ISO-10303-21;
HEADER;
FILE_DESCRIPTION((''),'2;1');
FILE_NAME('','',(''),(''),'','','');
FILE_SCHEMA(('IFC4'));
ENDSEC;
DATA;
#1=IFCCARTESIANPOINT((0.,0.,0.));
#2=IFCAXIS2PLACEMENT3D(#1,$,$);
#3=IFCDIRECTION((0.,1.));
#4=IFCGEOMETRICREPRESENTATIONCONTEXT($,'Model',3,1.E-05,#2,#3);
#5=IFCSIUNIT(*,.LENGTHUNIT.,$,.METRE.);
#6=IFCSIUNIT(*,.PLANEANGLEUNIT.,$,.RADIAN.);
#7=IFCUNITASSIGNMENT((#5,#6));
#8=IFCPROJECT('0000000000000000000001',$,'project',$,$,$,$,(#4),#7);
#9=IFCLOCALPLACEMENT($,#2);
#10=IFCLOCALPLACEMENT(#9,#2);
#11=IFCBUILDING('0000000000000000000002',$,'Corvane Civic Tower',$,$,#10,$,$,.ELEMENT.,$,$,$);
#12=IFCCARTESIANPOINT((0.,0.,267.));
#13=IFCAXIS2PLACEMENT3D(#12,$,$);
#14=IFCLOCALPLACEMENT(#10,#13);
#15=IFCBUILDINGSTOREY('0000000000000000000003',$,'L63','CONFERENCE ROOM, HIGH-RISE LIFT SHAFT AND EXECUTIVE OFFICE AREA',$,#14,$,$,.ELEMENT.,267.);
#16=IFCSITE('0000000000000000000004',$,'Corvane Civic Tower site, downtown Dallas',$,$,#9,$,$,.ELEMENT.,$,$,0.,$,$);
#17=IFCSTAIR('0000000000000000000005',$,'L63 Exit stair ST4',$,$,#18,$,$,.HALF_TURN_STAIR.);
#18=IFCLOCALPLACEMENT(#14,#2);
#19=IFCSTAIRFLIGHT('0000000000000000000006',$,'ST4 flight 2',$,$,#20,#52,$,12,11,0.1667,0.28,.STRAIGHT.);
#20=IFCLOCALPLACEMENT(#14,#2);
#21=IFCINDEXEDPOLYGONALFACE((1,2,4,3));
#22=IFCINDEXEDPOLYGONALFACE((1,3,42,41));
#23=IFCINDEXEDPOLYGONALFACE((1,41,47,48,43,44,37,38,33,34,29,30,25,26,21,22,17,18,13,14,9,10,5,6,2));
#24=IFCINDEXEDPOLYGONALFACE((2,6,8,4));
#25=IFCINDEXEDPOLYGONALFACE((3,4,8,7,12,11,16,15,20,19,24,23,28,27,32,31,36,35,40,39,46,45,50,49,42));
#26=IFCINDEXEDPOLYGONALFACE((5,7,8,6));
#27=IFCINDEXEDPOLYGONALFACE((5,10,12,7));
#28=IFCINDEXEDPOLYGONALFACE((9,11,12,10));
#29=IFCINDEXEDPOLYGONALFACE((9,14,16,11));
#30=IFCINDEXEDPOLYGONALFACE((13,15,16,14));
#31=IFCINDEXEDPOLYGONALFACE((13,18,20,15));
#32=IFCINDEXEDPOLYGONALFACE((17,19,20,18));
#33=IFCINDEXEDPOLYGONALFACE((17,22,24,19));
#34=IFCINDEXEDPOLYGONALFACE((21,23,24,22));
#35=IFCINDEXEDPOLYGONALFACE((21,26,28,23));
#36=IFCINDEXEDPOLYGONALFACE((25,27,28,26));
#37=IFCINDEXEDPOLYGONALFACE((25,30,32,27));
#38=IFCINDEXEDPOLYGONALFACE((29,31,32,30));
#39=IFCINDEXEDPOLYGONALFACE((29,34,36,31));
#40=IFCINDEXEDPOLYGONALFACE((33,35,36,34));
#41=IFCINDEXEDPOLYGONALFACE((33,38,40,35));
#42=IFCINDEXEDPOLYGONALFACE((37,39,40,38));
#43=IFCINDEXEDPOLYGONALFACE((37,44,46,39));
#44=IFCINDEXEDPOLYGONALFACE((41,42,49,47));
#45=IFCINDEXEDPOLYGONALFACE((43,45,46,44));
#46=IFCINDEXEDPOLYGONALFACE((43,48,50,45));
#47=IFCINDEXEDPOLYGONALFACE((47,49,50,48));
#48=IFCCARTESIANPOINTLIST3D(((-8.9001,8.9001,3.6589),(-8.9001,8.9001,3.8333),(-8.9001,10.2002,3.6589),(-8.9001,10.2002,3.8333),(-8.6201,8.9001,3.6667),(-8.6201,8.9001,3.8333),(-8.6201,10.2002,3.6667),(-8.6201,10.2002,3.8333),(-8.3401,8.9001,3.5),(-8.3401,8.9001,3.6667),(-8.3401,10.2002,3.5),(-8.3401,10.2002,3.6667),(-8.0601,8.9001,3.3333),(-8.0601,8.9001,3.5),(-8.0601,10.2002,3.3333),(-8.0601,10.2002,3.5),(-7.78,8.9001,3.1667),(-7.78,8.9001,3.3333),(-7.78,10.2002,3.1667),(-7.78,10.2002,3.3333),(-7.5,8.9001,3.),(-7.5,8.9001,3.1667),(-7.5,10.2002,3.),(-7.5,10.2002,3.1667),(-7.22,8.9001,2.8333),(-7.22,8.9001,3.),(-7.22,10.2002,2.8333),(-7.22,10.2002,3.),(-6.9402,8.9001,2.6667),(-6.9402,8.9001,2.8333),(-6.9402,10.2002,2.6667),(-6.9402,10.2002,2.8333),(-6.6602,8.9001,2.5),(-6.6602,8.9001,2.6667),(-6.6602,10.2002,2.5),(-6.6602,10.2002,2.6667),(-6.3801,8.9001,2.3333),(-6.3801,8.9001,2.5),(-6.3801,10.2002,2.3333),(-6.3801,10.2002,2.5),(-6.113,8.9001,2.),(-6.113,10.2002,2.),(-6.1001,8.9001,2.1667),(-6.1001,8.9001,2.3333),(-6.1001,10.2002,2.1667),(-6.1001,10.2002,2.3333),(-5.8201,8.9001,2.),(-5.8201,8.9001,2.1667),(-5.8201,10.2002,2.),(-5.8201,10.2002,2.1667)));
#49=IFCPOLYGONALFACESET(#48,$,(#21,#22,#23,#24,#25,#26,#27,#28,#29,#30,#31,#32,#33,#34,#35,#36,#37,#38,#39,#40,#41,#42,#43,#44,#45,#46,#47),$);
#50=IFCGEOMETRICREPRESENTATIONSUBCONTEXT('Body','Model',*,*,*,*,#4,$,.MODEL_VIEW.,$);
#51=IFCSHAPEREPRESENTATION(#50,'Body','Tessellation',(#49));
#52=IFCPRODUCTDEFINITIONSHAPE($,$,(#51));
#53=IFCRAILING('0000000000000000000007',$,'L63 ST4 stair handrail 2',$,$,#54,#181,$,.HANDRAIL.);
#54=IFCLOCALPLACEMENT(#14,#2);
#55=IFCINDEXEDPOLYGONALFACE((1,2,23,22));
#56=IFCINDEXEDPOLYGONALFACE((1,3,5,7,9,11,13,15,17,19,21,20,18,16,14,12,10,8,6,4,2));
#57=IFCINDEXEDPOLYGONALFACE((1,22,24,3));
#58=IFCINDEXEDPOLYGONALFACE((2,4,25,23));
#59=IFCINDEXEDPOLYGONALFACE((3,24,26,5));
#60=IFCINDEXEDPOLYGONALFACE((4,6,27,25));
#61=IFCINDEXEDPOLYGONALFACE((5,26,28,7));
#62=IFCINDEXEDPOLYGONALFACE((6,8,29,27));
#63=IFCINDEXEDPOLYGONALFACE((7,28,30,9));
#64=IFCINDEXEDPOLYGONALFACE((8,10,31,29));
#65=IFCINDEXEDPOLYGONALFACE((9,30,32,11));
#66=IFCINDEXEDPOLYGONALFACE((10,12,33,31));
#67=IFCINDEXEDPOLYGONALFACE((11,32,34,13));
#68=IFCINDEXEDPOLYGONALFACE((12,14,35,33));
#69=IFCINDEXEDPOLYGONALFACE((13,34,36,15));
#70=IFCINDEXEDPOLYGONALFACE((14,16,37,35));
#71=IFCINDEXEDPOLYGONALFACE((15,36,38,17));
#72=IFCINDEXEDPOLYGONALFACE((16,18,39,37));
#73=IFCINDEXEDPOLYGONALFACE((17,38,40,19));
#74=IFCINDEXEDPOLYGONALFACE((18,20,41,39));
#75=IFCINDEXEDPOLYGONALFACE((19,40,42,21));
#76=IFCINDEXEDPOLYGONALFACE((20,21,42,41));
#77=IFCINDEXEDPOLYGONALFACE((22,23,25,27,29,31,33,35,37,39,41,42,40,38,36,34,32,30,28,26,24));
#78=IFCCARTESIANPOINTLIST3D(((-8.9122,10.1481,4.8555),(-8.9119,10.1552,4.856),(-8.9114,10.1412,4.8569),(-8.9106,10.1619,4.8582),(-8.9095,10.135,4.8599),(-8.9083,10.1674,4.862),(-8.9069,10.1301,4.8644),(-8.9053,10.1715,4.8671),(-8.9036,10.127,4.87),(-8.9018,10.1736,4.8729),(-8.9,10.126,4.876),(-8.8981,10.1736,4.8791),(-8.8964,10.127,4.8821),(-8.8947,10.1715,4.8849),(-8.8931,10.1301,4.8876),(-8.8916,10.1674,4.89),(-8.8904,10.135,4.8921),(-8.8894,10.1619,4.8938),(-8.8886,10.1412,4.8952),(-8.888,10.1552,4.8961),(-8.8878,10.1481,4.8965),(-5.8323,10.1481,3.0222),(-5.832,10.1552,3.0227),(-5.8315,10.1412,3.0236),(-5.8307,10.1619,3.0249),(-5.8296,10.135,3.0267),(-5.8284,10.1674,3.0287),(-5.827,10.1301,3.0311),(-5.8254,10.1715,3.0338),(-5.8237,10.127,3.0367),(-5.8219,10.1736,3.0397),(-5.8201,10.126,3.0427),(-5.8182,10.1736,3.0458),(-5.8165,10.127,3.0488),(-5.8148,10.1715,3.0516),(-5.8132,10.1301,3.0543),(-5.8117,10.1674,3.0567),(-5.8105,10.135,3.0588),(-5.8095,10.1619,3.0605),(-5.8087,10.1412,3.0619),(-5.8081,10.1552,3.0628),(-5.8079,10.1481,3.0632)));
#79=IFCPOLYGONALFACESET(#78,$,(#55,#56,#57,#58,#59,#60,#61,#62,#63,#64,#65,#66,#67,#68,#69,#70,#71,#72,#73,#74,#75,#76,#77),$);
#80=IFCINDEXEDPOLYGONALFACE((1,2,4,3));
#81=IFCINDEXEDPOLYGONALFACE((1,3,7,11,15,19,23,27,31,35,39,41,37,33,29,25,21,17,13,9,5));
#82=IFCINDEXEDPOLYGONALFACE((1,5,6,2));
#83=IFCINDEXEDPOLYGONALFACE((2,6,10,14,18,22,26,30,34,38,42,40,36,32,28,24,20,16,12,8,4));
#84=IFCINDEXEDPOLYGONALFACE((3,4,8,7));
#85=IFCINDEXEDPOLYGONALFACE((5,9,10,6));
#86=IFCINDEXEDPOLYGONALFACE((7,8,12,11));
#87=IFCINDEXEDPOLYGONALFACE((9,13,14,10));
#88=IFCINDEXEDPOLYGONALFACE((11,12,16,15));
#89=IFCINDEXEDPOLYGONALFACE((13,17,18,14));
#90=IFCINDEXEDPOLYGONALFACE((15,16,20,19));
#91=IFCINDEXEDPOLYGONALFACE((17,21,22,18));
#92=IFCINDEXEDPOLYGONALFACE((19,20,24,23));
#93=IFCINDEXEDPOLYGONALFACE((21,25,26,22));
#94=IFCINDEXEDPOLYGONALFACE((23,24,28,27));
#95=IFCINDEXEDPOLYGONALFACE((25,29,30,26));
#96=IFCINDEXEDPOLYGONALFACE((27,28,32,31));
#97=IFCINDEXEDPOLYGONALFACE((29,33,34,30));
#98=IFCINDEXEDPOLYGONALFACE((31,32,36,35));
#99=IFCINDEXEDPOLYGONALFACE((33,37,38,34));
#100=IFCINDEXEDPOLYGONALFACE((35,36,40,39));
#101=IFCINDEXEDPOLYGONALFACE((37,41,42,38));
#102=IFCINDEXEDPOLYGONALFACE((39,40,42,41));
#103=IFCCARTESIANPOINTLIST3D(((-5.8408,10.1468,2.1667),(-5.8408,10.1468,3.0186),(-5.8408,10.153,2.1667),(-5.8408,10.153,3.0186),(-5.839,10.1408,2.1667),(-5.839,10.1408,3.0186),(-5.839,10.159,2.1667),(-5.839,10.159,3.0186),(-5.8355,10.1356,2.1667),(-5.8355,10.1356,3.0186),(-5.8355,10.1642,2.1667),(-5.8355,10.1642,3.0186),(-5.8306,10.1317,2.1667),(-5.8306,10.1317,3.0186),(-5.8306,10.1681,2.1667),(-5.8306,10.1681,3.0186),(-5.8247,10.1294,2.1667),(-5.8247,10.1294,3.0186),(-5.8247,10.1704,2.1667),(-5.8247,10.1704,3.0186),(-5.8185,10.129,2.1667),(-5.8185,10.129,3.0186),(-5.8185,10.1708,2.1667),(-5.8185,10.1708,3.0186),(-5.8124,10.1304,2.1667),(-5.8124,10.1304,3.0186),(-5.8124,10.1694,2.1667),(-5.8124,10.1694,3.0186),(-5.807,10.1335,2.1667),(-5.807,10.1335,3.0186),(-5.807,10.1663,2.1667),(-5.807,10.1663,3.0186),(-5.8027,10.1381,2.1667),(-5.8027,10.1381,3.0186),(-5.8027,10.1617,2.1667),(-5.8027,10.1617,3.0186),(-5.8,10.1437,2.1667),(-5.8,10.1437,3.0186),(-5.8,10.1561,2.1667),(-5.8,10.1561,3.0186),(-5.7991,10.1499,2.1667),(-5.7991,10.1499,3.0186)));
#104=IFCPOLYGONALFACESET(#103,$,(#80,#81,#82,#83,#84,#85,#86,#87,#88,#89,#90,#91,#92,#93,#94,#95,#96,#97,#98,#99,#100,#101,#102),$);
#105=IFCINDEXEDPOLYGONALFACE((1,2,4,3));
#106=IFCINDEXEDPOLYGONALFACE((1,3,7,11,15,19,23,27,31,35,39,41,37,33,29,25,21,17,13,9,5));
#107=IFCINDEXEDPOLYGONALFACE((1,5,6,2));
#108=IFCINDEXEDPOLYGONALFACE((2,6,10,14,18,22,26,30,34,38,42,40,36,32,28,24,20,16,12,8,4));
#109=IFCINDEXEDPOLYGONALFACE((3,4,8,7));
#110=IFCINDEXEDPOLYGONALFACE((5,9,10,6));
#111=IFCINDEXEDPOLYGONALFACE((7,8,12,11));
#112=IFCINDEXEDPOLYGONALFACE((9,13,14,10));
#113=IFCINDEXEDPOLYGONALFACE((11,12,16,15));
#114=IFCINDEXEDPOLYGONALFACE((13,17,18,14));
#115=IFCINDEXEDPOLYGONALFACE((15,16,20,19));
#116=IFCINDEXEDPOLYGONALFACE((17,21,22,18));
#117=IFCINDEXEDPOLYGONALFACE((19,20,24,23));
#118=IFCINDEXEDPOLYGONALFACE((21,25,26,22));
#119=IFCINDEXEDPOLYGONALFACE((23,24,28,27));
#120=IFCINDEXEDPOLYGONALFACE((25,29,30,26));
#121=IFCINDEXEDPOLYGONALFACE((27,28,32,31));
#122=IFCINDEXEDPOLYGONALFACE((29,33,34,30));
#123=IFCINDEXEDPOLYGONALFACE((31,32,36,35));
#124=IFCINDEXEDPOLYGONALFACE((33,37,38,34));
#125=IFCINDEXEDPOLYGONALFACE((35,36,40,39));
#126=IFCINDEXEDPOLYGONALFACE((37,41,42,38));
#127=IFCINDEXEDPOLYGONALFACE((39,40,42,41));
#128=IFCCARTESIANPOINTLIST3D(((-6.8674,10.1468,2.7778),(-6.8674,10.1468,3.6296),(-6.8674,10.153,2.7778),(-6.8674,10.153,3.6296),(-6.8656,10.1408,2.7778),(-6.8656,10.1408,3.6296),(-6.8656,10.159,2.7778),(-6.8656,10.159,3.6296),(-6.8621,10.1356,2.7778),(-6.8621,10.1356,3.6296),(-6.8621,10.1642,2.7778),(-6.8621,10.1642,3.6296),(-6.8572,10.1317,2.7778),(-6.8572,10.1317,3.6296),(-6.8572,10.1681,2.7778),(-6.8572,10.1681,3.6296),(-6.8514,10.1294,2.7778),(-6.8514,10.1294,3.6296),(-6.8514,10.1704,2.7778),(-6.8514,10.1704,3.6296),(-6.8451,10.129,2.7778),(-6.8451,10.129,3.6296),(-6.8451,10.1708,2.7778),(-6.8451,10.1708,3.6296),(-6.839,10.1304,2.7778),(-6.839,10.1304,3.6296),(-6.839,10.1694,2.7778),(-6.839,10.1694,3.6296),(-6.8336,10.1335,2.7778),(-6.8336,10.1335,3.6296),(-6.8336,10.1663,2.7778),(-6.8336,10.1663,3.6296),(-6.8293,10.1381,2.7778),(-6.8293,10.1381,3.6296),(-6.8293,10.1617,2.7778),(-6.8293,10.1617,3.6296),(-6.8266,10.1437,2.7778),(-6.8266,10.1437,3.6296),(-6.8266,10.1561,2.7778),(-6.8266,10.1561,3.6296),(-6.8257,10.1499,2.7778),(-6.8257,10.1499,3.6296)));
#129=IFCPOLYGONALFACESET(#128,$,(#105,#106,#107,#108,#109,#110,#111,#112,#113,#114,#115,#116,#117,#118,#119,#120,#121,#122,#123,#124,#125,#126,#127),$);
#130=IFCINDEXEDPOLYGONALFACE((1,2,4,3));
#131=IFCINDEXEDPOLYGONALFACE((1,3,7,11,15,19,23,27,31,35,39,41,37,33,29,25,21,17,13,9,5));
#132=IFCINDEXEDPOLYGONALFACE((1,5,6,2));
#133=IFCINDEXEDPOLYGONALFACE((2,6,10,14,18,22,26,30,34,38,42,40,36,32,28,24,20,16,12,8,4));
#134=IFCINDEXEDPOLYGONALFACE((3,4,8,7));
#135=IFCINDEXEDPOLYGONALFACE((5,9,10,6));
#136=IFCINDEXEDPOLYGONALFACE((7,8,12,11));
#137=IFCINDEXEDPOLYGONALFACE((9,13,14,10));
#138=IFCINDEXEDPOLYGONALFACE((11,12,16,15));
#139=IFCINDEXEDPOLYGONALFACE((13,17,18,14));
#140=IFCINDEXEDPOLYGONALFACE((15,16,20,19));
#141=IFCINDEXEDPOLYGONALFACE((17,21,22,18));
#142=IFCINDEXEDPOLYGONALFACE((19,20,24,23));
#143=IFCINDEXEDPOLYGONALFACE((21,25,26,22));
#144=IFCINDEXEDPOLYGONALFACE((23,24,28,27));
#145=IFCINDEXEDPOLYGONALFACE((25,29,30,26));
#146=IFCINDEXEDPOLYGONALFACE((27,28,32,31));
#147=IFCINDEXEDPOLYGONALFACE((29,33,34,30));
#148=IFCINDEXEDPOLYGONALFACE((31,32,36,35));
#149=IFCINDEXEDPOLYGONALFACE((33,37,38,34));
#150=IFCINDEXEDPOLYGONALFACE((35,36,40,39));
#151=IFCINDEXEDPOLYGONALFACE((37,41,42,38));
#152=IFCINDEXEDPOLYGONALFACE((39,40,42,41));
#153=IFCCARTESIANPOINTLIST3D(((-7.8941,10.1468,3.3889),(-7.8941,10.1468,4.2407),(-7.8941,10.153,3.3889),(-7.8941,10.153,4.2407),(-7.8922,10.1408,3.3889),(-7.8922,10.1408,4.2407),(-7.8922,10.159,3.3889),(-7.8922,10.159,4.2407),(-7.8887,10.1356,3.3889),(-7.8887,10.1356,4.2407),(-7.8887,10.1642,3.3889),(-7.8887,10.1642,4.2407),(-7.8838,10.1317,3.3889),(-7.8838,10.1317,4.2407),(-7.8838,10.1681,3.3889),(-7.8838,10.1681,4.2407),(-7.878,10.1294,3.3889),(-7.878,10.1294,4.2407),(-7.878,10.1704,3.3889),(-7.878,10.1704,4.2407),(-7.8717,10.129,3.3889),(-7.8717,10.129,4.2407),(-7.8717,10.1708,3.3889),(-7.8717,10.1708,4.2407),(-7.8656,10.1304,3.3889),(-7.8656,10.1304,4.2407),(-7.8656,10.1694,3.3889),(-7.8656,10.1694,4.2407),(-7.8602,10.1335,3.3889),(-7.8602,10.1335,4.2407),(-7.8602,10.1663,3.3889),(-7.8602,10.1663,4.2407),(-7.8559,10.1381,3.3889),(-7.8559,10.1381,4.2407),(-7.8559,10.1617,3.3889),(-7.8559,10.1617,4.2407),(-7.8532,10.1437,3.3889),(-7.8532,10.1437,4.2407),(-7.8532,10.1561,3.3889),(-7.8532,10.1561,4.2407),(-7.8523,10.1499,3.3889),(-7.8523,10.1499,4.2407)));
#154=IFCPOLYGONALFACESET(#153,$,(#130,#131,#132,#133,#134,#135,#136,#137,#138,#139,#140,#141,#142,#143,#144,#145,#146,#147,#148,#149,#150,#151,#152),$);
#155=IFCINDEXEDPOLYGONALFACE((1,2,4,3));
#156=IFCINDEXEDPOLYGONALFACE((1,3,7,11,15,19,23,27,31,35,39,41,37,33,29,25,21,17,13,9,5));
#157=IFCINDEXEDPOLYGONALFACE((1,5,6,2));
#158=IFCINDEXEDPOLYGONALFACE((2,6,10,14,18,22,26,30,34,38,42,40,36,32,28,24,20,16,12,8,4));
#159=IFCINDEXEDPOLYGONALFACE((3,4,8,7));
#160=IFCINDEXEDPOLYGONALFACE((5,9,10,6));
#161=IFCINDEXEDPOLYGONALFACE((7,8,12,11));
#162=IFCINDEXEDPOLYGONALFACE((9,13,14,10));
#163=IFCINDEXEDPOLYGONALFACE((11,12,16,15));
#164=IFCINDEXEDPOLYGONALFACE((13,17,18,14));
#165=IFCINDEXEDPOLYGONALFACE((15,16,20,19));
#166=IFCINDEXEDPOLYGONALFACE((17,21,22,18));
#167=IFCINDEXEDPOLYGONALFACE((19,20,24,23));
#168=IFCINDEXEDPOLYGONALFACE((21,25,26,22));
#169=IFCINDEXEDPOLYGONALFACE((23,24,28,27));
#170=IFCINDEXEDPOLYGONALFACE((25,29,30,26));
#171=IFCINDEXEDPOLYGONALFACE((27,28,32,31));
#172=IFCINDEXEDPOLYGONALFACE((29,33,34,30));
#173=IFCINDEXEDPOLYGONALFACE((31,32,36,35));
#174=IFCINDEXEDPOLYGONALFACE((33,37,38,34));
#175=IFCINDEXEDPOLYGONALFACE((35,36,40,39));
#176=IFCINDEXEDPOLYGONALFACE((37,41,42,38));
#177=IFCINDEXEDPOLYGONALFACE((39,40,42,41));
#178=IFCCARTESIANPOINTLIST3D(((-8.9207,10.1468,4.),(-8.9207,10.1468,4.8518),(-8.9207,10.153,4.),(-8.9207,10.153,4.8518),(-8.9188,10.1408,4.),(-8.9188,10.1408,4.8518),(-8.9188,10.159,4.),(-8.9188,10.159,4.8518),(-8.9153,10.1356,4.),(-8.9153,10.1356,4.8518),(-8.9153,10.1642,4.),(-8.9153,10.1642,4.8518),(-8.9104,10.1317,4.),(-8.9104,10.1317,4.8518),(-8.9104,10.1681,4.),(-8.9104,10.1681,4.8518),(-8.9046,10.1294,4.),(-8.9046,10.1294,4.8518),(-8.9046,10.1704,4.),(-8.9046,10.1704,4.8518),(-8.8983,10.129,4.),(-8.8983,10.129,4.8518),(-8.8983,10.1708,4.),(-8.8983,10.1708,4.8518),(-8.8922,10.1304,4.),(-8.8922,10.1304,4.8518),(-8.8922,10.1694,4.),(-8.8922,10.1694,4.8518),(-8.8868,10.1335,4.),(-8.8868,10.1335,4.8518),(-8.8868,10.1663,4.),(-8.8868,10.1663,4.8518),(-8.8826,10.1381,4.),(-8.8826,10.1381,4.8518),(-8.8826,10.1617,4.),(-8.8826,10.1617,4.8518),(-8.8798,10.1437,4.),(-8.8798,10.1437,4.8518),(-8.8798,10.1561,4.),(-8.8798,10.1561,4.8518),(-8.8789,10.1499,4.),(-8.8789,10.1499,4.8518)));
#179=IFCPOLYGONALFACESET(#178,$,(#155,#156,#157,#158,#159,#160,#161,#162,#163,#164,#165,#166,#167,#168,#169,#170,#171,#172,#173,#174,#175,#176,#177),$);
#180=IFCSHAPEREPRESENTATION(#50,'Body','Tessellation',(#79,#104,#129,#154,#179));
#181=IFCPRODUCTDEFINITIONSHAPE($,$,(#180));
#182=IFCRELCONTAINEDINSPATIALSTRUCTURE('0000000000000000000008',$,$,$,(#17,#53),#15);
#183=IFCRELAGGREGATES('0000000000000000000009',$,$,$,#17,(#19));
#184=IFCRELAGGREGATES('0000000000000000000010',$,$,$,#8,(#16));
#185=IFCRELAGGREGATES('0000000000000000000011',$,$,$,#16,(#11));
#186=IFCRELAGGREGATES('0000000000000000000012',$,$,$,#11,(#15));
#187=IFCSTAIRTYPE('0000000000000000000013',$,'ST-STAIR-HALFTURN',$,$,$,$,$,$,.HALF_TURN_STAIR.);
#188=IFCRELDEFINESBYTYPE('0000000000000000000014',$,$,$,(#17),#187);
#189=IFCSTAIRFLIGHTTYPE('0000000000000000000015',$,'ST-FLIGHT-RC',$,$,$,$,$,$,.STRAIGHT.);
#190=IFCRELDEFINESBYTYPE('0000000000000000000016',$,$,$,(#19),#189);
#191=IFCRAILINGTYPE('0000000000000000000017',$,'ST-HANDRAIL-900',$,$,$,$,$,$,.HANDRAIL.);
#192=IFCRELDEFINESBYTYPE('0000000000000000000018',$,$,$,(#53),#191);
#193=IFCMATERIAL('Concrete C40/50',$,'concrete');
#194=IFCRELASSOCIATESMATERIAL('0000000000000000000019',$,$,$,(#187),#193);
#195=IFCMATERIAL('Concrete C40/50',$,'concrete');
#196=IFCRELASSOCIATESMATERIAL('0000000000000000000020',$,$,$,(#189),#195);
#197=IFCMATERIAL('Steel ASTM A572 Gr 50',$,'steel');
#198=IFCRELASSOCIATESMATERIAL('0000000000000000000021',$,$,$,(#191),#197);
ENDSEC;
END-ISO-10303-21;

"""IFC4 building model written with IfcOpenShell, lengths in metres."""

from ifc_helpers import new_model, si_unit, direction, frame, origin, origin_2d, place, context, subcontext, project, spatial, polyline, circle, outline, extrude, material, type_object, element, aggregate, save


model = new_model("IFC4")

# Units and contexts
model_context = context("Model", 3, precision=1e-05, world=origin(), true_north=direction((0.0, 1.0)))
body_context = subcontext(model_context, "Body", "Model", "MODEL_VIEW")
ifc_project = project(units=[si_unit("LENGTHUNIT", "METRE"), si_unit("PLANEANGLEUNIT", "RADIAN")], contexts=[model_context])

# Site, building, storey
site_placement = place(None, origin())
site = spatial("IfcSite", under=ifc_project, at=site_placement, Name="Corvane Civic Tower site, downtown Dallas", CompositionType="ELEMENT", RefElevation=0.0)
building_placement = place(site_placement, origin())
building = spatial("IfcBuilding", under=site, at=building_placement, Name="Corvane Civic Tower", CompositionType="ELEMENT")
storey_placement = place(building_placement, frame((0.0, 0.0, 267.0)))
storey = spatial("IfcBuildingStorey", under=building, at=storey_placement, Name="L63", Description="CONFERENCE ROOM, HIGH-RISE LIFT SHAFT AND EXECUTIVE OFFICE AREA", CompositionType="ELEMENT", Elevation=267.0)

# Stair, stair flight
ifc_material_1 = material(Name="Concrete C40/50", Category="concrete")
stair_type = type_object("IfcStairType", Name="ST-STAIR-HALFTURN", PredefinedType="HALF_TURN_STAIR", material=ifc_material_1)
stair_placement = place(storey_placement, origin())
stair = element("IfcStair", 1, at=stair_placement, inside=storey, type_object=stair_type, Name="L63 Exit stair ST4", PredefinedType="HALF_TURN_STAIR")
ifc_material_2 = material(Name="Concrete C40/50", Category="concrete")
stair_flight_type = type_object("IfcStairFlightType", Name="ST-FLIGHT-RC", PredefinedType="STRAIGHT", material=ifc_material_2)
stair_flight_placement = place(storey_placement, frame((-5.8201, 9.55, 2.0), z_axis=(0.0, 0.0, 1.0), x_axis=(-1.0, 0.0, 0.0)))
stair_flight = element("IfcStairFlight", 2, at=stair_flight_placement, type_object=stair_flight_type, Name="ST4 flight 2", NumberOfRisers=12, NumberOfTreads=11, PredefinedType="STRAIGHT", RiserHeight=0.1667, TreadLength=0.28, context=body_context, shape_type="SweptSolid", body=[
    extrude(outline(polyline([(0.0, 0.0), (0.0, 0.1667), (0.28, 0.1667), (0.28, 0.3333), (0.5601, 0.3333), (0.5601, 0.5), (0.8401, 0.5), (0.8401, 0.6667), (1.1201, 0.6667), (1.1201, 0.8333), (1.3999, 0.8333), (1.3999, 1.0), (1.6799, 1.0), (1.6799, 1.1667), (1.96, 1.1667), (1.96, 1.3333), (2.24, 1.3333), (2.24, 1.5), (2.52, 1.5), (2.52, 1.6667), (2.8, 1.6667), (2.8, 1.8333), (3.0801, 1.8333), (3.0801, 2.0), (3.0801, 1.6589), (0.293, 0.0), (0.0, 0.0)])), frame((0.0, 0.6499, 0.0), z_axis=(0.0, -1.0, 0.0), x_axis=(1.0, 0.0, 0.0)), (0.0, 0.0, 1.0), 1.3),
])
aggregate(stair, [stair_flight])

# Railing
ifc_material_3 = material(Name="Steel ASTM A572 Gr 50", Category="steel")
railing_type = type_object("IfcRailingType", Name="ST-HANDRAIL-900", PredefinedType="HANDRAIL", material=ifc_material_3)
railing_placement = place(storey_placement, frame((-5.8201, 10.1499, 2.1667)))
element("IfcRailing", 3, at=railing_placement, inside=storey, type_object=railing_type, Name="L63 ST4 stair handrail 2", PredefinedType="HANDRAIL", context=body_context, shape_type="SweptSolid", body=[
    extrude(circle(Radius=0.0239, at=origin_2d()), frame((0.0, 0.0, 0.876), z_axis=(-0.859291, 0.0, 0.511487), x_axis=(0.0, -1.0, 0.0)), (0.0, 0.0, 1.0), 3.5842),
    extrude(circle(Radius=0.021, at=origin_2d()), origin(), (0.0, 0.0, 1.0), 0.8518),
    extrude(circle(Radius=0.021, at=origin_2d()), frame((-1.0266, 0.0, 0.6111)), (0.0, 0.0, 1.0), 0.8518),
    extrude(circle(Radius=0.021, at=origin_2d()), frame((-2.0532, 0.0, 1.2222)), (0.0, 0.0, 1.0), 0.8518),
    extrude(circle(Radius=0.021, at=origin_2d()), frame((-3.0798, 0.0, 1.8333)), (0.0, 0.0, 1.0), 0.8518),
])

save(model, "model.ifc")
